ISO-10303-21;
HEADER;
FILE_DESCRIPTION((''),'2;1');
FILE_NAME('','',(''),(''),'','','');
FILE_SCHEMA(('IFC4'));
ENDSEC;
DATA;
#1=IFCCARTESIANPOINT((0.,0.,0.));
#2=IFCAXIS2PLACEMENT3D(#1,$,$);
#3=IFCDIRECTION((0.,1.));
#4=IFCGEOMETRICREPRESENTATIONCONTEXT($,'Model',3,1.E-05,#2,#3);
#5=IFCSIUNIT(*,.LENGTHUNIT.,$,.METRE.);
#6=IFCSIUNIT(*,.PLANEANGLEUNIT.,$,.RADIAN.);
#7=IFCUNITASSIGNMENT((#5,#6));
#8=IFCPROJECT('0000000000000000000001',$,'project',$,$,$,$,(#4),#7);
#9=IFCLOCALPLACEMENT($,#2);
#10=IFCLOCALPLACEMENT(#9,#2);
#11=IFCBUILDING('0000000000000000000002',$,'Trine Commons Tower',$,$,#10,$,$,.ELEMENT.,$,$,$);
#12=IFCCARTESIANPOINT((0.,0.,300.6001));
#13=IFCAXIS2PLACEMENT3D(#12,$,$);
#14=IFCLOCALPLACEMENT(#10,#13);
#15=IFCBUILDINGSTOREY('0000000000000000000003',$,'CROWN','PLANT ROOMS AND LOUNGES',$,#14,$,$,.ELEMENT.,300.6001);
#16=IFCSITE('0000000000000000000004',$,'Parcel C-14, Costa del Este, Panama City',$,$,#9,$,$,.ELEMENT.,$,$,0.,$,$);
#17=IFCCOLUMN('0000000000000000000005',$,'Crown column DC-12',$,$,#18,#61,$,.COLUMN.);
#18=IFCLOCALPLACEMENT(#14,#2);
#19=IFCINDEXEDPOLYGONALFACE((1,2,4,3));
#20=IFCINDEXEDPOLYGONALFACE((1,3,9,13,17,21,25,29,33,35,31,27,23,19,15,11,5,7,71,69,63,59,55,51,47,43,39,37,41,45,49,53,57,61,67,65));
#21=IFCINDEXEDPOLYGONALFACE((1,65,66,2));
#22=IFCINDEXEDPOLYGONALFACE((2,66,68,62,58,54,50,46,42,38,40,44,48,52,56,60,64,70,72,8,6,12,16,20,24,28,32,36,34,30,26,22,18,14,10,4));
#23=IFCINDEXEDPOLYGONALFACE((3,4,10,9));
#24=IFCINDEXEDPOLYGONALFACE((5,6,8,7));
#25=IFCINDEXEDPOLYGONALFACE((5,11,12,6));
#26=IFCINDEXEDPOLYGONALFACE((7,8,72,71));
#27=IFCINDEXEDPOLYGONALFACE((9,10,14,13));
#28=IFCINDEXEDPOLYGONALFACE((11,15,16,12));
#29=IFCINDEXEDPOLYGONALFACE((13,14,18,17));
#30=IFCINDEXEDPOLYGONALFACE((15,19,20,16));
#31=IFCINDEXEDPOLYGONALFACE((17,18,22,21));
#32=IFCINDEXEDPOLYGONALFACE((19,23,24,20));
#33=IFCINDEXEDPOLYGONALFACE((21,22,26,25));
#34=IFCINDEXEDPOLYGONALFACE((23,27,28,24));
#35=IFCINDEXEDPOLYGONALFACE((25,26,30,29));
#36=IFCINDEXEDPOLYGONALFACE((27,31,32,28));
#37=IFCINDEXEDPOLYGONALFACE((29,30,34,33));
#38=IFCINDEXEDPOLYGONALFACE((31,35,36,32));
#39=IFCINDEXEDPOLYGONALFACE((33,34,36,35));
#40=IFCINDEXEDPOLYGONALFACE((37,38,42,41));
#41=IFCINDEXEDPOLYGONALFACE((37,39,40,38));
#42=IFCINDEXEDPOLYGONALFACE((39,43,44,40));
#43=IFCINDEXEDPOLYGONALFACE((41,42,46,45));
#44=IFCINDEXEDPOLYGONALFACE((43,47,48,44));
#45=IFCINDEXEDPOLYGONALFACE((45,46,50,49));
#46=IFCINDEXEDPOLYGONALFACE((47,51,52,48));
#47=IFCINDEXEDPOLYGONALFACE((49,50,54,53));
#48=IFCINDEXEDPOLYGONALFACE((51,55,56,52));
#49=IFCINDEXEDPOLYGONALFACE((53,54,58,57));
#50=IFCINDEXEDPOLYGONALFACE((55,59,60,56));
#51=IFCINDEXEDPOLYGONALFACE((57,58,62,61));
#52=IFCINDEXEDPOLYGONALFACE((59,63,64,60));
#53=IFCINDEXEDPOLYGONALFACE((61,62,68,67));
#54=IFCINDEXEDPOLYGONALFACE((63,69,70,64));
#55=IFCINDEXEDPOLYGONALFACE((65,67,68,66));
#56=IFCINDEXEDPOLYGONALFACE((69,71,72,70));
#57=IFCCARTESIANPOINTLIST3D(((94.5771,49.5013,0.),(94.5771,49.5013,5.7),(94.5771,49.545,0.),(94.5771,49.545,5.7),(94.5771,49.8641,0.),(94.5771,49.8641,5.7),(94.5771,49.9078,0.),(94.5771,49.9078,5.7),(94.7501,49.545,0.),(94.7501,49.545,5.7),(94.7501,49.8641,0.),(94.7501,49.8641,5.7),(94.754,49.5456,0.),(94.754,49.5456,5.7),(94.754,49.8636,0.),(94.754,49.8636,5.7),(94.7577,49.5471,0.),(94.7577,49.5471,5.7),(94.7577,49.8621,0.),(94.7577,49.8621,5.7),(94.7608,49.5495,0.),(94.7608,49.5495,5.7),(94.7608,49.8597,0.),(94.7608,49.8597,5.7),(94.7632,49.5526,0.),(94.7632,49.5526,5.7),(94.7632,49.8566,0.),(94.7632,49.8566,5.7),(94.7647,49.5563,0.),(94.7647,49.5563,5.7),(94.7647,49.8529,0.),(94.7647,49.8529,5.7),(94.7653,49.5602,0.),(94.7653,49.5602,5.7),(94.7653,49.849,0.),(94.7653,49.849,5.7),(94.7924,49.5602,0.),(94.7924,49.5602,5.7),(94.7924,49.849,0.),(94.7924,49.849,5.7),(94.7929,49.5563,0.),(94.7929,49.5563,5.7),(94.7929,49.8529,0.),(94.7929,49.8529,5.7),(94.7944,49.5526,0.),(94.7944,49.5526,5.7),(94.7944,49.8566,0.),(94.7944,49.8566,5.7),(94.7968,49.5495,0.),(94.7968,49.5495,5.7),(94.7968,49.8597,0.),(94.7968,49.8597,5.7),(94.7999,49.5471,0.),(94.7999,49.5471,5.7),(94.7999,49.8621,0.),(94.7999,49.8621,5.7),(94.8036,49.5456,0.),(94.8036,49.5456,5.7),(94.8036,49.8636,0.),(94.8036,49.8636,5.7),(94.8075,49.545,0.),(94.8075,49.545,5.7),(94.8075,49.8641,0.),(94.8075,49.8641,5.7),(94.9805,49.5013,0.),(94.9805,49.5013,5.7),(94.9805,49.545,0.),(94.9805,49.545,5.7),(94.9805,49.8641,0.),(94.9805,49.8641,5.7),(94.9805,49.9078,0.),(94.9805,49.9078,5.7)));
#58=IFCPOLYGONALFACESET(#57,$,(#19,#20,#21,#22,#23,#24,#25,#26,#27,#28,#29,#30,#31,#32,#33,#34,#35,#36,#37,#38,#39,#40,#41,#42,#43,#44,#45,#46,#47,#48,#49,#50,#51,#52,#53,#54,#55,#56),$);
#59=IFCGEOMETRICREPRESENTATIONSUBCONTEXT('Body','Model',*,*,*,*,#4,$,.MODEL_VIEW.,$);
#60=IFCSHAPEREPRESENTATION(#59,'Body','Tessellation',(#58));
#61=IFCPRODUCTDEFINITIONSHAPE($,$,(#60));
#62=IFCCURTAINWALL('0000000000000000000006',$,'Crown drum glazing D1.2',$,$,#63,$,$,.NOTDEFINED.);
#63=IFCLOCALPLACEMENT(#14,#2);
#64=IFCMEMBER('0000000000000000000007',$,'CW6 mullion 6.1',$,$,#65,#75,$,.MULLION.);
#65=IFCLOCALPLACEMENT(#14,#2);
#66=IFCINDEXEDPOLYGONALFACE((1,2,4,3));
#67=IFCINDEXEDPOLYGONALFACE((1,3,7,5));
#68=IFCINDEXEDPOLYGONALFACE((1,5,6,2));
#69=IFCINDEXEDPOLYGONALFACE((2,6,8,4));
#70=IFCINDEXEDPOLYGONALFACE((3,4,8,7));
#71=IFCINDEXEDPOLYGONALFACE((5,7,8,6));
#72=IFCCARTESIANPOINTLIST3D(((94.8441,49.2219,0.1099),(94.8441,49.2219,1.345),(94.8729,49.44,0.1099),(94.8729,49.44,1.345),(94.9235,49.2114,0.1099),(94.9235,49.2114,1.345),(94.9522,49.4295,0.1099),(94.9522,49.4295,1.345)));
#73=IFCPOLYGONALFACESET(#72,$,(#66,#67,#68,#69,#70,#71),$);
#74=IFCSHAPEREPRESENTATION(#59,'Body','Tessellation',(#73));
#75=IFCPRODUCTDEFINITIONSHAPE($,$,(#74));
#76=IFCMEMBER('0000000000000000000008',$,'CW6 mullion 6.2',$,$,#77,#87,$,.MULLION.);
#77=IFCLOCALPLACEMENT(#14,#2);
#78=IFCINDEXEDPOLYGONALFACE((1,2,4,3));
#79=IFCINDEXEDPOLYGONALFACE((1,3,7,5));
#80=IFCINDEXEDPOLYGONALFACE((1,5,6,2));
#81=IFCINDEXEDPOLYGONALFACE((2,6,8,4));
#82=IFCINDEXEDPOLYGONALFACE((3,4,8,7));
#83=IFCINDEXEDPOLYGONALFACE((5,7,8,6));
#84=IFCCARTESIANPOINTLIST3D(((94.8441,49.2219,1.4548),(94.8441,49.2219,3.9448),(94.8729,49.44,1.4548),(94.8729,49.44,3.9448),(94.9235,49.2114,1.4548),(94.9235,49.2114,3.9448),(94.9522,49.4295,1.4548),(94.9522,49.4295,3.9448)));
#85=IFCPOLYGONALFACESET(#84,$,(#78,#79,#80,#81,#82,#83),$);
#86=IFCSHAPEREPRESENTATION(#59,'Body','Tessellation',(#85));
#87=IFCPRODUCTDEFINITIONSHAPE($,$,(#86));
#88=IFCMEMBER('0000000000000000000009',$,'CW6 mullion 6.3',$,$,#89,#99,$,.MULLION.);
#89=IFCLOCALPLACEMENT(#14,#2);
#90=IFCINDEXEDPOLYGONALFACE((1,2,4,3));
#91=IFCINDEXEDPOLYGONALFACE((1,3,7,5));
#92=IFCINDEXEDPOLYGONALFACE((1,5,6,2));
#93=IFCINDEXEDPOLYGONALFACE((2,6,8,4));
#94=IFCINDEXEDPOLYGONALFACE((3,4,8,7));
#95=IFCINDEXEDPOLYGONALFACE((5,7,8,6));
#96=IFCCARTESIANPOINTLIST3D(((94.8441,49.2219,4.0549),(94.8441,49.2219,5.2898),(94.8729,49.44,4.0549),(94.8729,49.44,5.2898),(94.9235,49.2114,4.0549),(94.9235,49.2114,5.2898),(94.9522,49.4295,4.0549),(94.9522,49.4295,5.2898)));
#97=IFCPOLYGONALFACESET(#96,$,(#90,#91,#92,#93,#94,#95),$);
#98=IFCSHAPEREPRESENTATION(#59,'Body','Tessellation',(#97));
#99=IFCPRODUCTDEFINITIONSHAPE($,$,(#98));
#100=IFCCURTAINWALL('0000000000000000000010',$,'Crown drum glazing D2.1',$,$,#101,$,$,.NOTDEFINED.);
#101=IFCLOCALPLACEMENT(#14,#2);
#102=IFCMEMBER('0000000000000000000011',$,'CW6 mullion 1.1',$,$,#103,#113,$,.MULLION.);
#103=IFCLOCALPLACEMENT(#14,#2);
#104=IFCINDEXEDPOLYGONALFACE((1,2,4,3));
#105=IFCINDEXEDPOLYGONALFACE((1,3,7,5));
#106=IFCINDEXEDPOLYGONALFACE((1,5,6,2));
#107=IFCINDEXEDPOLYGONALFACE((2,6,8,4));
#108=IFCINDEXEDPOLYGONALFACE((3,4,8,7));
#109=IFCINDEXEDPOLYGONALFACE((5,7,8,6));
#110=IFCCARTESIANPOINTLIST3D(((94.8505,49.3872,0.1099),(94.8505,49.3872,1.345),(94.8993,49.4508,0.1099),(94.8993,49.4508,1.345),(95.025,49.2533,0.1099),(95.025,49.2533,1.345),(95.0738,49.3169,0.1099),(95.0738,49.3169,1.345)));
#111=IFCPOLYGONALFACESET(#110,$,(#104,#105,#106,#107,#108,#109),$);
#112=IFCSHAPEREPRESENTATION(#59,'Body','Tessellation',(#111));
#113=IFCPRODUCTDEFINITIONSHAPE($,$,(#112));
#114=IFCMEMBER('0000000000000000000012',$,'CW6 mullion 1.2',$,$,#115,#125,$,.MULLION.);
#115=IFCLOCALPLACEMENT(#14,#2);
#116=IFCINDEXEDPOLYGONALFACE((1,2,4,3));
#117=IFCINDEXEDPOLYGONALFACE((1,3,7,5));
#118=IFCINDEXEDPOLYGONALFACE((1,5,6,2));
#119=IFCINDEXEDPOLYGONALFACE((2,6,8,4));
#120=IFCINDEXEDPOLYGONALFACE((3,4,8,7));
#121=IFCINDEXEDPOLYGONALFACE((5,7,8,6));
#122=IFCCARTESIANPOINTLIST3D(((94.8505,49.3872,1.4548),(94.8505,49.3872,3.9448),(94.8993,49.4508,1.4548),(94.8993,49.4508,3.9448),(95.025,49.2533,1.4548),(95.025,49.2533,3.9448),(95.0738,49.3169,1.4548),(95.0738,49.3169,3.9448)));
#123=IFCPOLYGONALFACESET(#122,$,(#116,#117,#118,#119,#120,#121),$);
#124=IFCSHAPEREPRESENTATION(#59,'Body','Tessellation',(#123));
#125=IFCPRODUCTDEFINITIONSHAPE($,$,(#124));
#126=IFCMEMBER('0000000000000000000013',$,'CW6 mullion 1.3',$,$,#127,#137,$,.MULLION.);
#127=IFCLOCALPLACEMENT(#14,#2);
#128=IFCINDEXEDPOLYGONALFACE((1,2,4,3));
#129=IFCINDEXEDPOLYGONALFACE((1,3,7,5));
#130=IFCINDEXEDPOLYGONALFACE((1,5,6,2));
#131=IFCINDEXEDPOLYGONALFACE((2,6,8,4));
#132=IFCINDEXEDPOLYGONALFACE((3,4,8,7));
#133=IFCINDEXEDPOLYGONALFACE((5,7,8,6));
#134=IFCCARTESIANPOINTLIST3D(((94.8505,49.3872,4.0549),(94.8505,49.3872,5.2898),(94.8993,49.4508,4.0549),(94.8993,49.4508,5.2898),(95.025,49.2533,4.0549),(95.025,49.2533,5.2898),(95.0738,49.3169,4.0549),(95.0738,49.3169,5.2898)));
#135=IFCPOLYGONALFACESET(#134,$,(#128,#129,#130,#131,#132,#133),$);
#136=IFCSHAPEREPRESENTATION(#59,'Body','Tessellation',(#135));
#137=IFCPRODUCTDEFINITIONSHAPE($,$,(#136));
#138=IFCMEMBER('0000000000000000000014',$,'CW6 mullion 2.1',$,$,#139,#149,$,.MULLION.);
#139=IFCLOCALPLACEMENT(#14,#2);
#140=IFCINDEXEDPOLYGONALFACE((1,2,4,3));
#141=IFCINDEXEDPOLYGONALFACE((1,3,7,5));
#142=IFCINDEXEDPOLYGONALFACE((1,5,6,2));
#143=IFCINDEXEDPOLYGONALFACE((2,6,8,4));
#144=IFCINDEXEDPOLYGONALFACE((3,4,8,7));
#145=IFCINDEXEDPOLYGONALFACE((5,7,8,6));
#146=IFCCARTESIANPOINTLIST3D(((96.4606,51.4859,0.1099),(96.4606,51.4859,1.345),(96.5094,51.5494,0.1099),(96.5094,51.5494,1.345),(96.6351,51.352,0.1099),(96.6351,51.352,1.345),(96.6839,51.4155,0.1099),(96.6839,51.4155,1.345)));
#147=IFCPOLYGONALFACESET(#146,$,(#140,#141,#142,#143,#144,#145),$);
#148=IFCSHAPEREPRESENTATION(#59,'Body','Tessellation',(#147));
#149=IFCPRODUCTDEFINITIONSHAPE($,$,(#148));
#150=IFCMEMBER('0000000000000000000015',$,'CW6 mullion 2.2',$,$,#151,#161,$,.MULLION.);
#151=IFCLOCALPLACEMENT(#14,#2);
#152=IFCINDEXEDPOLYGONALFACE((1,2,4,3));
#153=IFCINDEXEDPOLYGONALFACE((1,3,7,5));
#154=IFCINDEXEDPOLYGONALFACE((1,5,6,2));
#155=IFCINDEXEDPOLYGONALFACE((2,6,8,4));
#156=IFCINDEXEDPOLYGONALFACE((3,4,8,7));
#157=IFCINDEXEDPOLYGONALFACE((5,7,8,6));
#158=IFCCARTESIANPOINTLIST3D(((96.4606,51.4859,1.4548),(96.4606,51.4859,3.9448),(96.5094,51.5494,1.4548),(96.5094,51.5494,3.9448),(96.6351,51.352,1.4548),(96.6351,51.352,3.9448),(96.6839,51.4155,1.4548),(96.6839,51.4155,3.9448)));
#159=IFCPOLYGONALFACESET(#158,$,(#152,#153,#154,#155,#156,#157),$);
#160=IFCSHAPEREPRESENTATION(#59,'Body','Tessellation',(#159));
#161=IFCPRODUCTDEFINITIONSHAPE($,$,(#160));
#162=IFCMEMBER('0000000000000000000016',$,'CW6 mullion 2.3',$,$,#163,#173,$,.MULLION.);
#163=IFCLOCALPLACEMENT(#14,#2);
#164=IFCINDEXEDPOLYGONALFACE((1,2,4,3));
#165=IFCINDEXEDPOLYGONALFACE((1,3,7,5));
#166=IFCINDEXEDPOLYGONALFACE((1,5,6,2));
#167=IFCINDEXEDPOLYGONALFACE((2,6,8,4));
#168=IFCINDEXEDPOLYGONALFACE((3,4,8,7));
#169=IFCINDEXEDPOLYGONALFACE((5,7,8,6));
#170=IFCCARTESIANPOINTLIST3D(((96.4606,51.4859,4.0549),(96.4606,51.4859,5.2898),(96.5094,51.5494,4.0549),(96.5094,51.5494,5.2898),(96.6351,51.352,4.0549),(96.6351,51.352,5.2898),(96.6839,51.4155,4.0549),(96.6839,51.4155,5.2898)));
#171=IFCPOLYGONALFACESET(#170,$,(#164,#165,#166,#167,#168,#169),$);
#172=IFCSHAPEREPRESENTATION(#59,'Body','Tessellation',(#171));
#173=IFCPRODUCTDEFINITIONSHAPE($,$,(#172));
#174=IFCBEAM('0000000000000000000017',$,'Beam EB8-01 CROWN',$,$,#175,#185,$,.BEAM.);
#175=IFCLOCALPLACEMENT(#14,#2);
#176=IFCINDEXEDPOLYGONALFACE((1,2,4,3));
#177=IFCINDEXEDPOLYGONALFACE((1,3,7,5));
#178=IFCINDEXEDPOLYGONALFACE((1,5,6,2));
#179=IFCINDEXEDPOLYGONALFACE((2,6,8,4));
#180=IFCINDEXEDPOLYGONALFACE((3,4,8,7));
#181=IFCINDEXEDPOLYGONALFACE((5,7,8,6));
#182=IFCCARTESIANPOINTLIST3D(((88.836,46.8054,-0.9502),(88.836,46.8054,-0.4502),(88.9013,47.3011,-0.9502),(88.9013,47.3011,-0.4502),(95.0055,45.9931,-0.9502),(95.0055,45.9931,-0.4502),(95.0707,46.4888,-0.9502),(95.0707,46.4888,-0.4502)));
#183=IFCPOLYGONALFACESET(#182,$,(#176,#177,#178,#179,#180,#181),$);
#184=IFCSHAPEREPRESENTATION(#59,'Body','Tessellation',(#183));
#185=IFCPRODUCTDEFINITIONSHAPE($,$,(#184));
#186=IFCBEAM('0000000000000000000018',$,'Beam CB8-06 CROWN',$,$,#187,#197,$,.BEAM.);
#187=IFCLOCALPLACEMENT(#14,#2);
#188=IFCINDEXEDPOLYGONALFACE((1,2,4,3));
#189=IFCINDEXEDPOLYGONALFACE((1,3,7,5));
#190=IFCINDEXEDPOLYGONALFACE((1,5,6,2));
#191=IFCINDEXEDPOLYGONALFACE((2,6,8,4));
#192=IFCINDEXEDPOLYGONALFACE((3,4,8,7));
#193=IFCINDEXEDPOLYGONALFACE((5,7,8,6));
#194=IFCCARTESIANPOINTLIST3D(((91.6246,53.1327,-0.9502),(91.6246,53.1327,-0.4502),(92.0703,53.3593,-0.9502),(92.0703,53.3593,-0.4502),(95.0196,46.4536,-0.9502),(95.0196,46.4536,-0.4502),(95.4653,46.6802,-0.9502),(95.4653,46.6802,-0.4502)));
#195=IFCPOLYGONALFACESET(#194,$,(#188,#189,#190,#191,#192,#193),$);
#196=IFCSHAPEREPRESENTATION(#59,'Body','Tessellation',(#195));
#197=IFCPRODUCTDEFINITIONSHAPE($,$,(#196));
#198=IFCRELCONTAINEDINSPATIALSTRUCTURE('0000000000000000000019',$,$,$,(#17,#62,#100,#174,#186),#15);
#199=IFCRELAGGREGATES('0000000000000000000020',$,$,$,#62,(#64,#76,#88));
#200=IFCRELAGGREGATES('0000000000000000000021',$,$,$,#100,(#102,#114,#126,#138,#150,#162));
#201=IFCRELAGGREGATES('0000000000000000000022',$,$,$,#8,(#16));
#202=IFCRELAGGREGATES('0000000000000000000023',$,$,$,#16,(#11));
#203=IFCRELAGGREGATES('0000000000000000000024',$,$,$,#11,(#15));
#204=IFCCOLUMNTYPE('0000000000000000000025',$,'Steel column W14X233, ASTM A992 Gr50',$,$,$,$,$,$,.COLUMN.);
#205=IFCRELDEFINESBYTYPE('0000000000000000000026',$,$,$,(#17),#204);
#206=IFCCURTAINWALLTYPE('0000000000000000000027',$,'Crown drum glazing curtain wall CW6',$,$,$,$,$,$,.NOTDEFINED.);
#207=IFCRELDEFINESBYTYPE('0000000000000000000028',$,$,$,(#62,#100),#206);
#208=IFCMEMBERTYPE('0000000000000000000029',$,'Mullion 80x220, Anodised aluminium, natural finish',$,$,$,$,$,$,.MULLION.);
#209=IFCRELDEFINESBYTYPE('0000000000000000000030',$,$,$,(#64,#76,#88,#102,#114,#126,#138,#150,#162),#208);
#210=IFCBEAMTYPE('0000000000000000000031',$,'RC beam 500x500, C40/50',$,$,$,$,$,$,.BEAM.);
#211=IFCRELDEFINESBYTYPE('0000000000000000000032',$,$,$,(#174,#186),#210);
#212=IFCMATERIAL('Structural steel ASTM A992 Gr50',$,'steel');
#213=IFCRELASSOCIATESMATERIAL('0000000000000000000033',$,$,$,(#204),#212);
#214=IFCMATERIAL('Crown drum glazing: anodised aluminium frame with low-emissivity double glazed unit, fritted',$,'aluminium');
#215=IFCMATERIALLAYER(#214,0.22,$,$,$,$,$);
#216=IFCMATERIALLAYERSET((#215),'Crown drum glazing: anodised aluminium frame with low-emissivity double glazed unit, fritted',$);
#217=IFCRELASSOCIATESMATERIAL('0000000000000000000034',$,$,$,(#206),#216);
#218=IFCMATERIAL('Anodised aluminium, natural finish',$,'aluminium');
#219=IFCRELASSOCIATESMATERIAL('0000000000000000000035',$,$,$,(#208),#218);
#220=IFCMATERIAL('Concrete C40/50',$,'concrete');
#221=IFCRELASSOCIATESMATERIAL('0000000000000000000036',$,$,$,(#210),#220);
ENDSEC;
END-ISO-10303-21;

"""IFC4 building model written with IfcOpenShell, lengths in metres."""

from ifc_helpers import new_model, si_unit, direction, frame, origin, origin_2d, place, context, subcontext, project, spatial, rectangle, i_section, extrude, material, layer, layer_set, material_profile, profile_set, type_object, element, aggregate, save


model = new_model("IFC4")

# Units and contexts
model_context = context("Model", 3, precision=1e-05, world=origin(), true_north=direction((0.0, 1.0)))
body_context = subcontext(model_context, "Body", "Model", "MODEL_VIEW")
ifc_project = project(units=[si_unit("LENGTHUNIT", "METRE"), si_unit("PLANEANGLEUNIT", "RADIAN")], contexts=[model_context])

# Site, building, storey
site_placement = place(None, origin())
site = spatial("IfcSite", under=ifc_project, at=site_placement, Name="Parcel C-14, Costa del Este, Panama City", CompositionType="ELEMENT", RefElevation=0.0)
building_placement = place(site_placement, origin())
building = spatial("IfcBuilding", under=site, at=building_placement, Name="Trine Commons Tower", CompositionType="ELEMENT")
storey_placement = place(building_placement, frame((0.0, 0.0, 300.6001)))
storey = spatial("IfcBuildingStorey", under=building, at=storey_placement, Name="CROWN", Description="PLANT ROOMS AND LOUNGES", CompositionType="ELEMENT", Elevation=300.6001)

# Column
ifc_material_1 = material(Name="Structural steel ASTM A992 Gr50", Category="steel")
ifc_material_profile_1 = material_profile(ifc_material_1, i_section(OverallWidth=0.4033, OverallDepth=0.4065, WebThickness=0.0271, FlangeThickness=0.0437, FilletRadius=0.0151, at=origin_2d()), Name="W14X233")
ifc_profile_set_1 = profile_set([ifc_material_profile_1], Name="Structural steel ASTM A992 Gr50")
column_type = type_object("IfcColumnType", Name="Steel column W14X233, ASTM A992 Gr50", PredefinedType="COLUMN", material=ifc_profile_set_1)
column_placement = place(storey_placement, frame((94.7788, 49.7046, 0.0), z_axis=(0.0, 0.0, 1.0), x_axis=(1.0, 0.0, 0.0)))
element("IfcColumn", 1, at=column_placement, inside=storey, type_object=column_type, Name="Crown column DC-12", PredefinedType="COLUMN", context=body_context, shape_type="SweptSolid", body=[
    extrude(i_section(OverallWidth=0.4033, OverallDepth=0.4065, WebThickness=0.0271, FlangeThickness=0.0437, FilletRadius=0.0151, at=origin_2d()), origin(), (0.0, 0.0, 1.0), 5.7),
])

# Curtain walls, members
ifc_material_2 = material(Name="Crown drum glazing: anodised aluminium frame with low-emissivity double glazed unit, fritted", Category="aluminium")
ifc_layer_1 = layer(ifc_material_2, 0.22)
ifc_layer_set_1 = layer_set([ifc_layer_1], Name="Crown drum glazing: anodised aluminium frame with low-emissivity double glazed unit, fritted")
curtain_wall_type = type_object("IfcCurtainWallType", Name="Crown drum glazing curtain wall CW6", PredefinedType="NOTDEFINED", material=ifc_layer_set_1)
curtain_wall_1_placement = place(storey_placement, origin())
curtain_wall_1 = element("IfcCurtainWall", 2, at=curtain_wall_1_placement, inside=storey, type_object=curtain_wall_type, Name="Crown drum glazing D1.2", PredefinedType="NOTDEFINED")
ifc_material_3 = material(Name="Anodised aluminium, natural finish", Category="aluminium")
ifc_material_profile_2 = material_profile(ifc_material_3, rectangle(XDim=0.22, YDim=0.0801, at=origin_2d()), Name="Mullion 80x220")
ifc_profile_set_2 = profile_set([ifc_material_profile_2], Name="Anodised aluminium, natural finish")
member_type_1 = type_object("IfcMemberType", Name="Mullion 80x220, Anodised aluminium, natural finish", PredefinedType="MULLION", material=ifc_profile_set_2)
member_1_placement = place(storey_placement, frame((94.8982, 49.3257, 0.1099), z_axis=(0.0, 0.0, 1.0), x_axis=(0.130526, 0.991445, 0.0)))
member_1 = element("IfcMember", 3, at=member_1_placement, type_object=member_type_1, Name="CW6 mullion 6.1", PredefinedType="MULLION", context=body_context, shape_type="SweptSolid", body=[
    extrude(rectangle(XDim=0.22, YDim=0.0801, at=origin_2d()), origin(), (0.0, 0.0, 1.0), 1.2351),
])
member_2_placement = place(storey_placement, frame((94.8982, 49.3257, 1.4548), z_axis=(0.0, 0.0, 1.0), x_axis=(0.130526, 0.991445, 0.0)))
member_2 = element("IfcMember", 4, at=member_2_placement, type_object=member_type_1, Name="CW6 mullion 6.2", PredefinedType="MULLION", context=body_context, shape_type="SweptSolid", body=[
    extrude(rectangle(XDim=0.22, YDim=0.0801, at=origin_2d()), origin(), (0.0, 0.0, 1.0), 2.49),
])
member_3_placement = place(storey_placement, frame((94.8982, 49.3257, 4.0549), z_axis=(0.0, 0.0, 1.0), x_axis=(0.130526, 0.991445, 0.0)))
member_3 = element("IfcMember", 5, at=member_3_placement, type_object=member_type_1, Name="CW6 mullion 6.3", PredefinedType="MULLION", context=body_context, shape_type="SweptSolid", body=[
    extrude(rectangle(XDim=0.22, YDim=0.0801, at=origin_2d()), origin(), (0.0, 0.0, 1.0), 1.2349),
])
curtain_wall_2_placement = place(storey_placement, origin())
curtain_wall_2 = element("IfcCurtainWall", 6, at=curtain_wall_2_placement, inside=storey, type_object=curtain_wall_type, Name="Crown drum glazing D2.1", PredefinedType="NOTDEFINED")
member_4_placement = place(storey_placement, frame((94.9622, 49.3521, 0.1099), z_axis=(0.0, 0.0, 1.0), x_axis=(-0.793353, 0.608761, 0.0)))
member_4 = element("IfcMember", 7, at=member_4_placement, type_object=member_type_1, Name="CW6 mullion 1.1", PredefinedType="MULLION", context=body_context, shape_type="SweptSolid", body=[
    extrude(rectangle(XDim=0.22, YDim=0.0801, at=origin_2d()), origin(), (0.0, 0.0, 1.0), 1.2351),
])
member_5_placement = place(storey_placement, frame((94.9622, 49.3521, 1.4548), z_axis=(0.0, 0.0, 1.0), x_axis=(-0.793353, 0.608761, 0.0)))
member_5 = element("IfcMember", 8, at=member_5_placement, type_object=member_type_1, Name="CW6 mullion 1.2", PredefinedType="MULLION", context=body_context, shape_type="SweptSolid", body=[
    extrude(rectangle(XDim=0.22, YDim=0.0801, at=origin_2d()), origin(), (0.0, 0.0, 1.0), 2.49),
])
member_6_placement = place(storey_placement, frame((94.9622, 49.3521, 4.0549), z_axis=(0.0, 0.0, 1.0), x_axis=(-0.793353, 0.608761, 0.0)))
member_6 = element("IfcMember", 9, at=member_6_placement, type_object=member_type_1, Name="CW6 mullion 1.3", PredefinedType="MULLION", context=body_context, shape_type="SweptSolid", body=[
    extrude(rectangle(XDim=0.22, YDim=0.0801, at=origin_2d()), origin(), (0.0, 0.0, 1.0), 1.2349),
])
member_7_placement = place(storey_placement, frame((96.5723, 51.4507, 0.1099), z_axis=(0.0, 0.0, 1.0), x_axis=(-0.793353, 0.608761, 0.0)))
member_7 = element("IfcMember", 10, at=member_7_placement, type_object=member_type_1, Name="CW6 mullion 2.1", PredefinedType="MULLION", context=body_context, shape_type="SweptSolid", body=[
    extrude(rectangle(XDim=0.22, YDim=0.0801, at=origin_2d()), origin(), (0.0, 0.0, 1.0), 1.2351),
])
member_8_placement = place(storey_placement, frame((96.5723, 51.4507, 1.4548), z_axis=(0.0, 0.0, 1.0), x_axis=(-0.793353, 0.608761, 0.0)))
member_8 = element("IfcMember", 11, at=member_8_placement, type_object=member_type_1, Name="CW6 mullion 2.2", PredefinedType="MULLION", context=body_context, shape_type="SweptSolid", body=[
    extrude(rectangle(XDim=0.22, YDim=0.0801, at=origin_2d()), origin(), (0.0, 0.0, 1.0), 2.49),
])
member_9_placement = place(storey_placement, frame((96.5723, 51.4507, 4.0549), z_axis=(0.0, 0.0, 1.0), x_axis=(-0.793353, 0.608761, 0.0)))
member_9 = element("IfcMember", 12, at=member_9_placement, type_object=member_type_1, Name="CW6 mullion 2.3", PredefinedType="MULLION", context=body_context, shape_type="SweptSolid", body=[
    extrude(rectangle(XDim=0.22, YDim=0.0801, at=origin_2d()), origin(), (0.0, 0.0, 1.0), 1.2349),
])

# Beams
ifc_material_4 = material(Name="Concrete C40/50", Category="concrete")
ifc_material_profile_3 = material_profile(ifc_material_4, rectangle(XDim=0.5, YDim=0.5, at=origin_2d()), Name="RC 500x500")
ifc_profile_set_3 = profile_set([ifc_material_profile_3], Name="Concrete C40/50")
beam_type_1 = type_object("IfcBeamType", Name="RC beam 500x500, C40/50", PredefinedType="BEAM", material=ifc_profile_set_3)
beam_1_placement = place(storey_placement, frame((95.0381, 46.241, -0.7002), z_axis=(-0.991444, 0.130532, 0.0), x_axis=(-0.130532, -0.991444, 0.0)))
element("IfcBeam", 13, at=beam_1_placement, inside=storey, type_object=beam_type_1, Name="Beam EB8-01 CROWN", PredefinedType="BEAM", context=body_context, shape_type="SweptSolid", body=[
    extrude(rectangle(XDim=0.5, YDim=0.5, at=origin_2d()), origin(), (0.0, 0.0, 1.0), 6.2227),
])
beam_2_placement = place(storey_placement, frame((95.2424, 46.5669, -0.7002), z_axis=(-0.453121, 0.891449, 0.0), x_axis=(-0.891449, -0.453121, 0.0)))
element("IfcBeam", 14, at=beam_2_placement, inside=storey, type_object=beam_type_1, Name="Beam CB8-06 CROWN", PredefinedType="BEAM", context=body_context, shape_type="SweptSolid", body=[
    extrude(rectangle(XDim=0.5, YDim=0.5, at=origin_2d()), origin(), (0.0, 0.0, 1.0), 7.4924),
])

aggregate(curtain_wall_1, [member_1, member_2, member_3])
aggregate(curtain_wall_2, [member_4, member_5, member_6, member_7, member_8, member_9])

save(model, "model.ifc")
